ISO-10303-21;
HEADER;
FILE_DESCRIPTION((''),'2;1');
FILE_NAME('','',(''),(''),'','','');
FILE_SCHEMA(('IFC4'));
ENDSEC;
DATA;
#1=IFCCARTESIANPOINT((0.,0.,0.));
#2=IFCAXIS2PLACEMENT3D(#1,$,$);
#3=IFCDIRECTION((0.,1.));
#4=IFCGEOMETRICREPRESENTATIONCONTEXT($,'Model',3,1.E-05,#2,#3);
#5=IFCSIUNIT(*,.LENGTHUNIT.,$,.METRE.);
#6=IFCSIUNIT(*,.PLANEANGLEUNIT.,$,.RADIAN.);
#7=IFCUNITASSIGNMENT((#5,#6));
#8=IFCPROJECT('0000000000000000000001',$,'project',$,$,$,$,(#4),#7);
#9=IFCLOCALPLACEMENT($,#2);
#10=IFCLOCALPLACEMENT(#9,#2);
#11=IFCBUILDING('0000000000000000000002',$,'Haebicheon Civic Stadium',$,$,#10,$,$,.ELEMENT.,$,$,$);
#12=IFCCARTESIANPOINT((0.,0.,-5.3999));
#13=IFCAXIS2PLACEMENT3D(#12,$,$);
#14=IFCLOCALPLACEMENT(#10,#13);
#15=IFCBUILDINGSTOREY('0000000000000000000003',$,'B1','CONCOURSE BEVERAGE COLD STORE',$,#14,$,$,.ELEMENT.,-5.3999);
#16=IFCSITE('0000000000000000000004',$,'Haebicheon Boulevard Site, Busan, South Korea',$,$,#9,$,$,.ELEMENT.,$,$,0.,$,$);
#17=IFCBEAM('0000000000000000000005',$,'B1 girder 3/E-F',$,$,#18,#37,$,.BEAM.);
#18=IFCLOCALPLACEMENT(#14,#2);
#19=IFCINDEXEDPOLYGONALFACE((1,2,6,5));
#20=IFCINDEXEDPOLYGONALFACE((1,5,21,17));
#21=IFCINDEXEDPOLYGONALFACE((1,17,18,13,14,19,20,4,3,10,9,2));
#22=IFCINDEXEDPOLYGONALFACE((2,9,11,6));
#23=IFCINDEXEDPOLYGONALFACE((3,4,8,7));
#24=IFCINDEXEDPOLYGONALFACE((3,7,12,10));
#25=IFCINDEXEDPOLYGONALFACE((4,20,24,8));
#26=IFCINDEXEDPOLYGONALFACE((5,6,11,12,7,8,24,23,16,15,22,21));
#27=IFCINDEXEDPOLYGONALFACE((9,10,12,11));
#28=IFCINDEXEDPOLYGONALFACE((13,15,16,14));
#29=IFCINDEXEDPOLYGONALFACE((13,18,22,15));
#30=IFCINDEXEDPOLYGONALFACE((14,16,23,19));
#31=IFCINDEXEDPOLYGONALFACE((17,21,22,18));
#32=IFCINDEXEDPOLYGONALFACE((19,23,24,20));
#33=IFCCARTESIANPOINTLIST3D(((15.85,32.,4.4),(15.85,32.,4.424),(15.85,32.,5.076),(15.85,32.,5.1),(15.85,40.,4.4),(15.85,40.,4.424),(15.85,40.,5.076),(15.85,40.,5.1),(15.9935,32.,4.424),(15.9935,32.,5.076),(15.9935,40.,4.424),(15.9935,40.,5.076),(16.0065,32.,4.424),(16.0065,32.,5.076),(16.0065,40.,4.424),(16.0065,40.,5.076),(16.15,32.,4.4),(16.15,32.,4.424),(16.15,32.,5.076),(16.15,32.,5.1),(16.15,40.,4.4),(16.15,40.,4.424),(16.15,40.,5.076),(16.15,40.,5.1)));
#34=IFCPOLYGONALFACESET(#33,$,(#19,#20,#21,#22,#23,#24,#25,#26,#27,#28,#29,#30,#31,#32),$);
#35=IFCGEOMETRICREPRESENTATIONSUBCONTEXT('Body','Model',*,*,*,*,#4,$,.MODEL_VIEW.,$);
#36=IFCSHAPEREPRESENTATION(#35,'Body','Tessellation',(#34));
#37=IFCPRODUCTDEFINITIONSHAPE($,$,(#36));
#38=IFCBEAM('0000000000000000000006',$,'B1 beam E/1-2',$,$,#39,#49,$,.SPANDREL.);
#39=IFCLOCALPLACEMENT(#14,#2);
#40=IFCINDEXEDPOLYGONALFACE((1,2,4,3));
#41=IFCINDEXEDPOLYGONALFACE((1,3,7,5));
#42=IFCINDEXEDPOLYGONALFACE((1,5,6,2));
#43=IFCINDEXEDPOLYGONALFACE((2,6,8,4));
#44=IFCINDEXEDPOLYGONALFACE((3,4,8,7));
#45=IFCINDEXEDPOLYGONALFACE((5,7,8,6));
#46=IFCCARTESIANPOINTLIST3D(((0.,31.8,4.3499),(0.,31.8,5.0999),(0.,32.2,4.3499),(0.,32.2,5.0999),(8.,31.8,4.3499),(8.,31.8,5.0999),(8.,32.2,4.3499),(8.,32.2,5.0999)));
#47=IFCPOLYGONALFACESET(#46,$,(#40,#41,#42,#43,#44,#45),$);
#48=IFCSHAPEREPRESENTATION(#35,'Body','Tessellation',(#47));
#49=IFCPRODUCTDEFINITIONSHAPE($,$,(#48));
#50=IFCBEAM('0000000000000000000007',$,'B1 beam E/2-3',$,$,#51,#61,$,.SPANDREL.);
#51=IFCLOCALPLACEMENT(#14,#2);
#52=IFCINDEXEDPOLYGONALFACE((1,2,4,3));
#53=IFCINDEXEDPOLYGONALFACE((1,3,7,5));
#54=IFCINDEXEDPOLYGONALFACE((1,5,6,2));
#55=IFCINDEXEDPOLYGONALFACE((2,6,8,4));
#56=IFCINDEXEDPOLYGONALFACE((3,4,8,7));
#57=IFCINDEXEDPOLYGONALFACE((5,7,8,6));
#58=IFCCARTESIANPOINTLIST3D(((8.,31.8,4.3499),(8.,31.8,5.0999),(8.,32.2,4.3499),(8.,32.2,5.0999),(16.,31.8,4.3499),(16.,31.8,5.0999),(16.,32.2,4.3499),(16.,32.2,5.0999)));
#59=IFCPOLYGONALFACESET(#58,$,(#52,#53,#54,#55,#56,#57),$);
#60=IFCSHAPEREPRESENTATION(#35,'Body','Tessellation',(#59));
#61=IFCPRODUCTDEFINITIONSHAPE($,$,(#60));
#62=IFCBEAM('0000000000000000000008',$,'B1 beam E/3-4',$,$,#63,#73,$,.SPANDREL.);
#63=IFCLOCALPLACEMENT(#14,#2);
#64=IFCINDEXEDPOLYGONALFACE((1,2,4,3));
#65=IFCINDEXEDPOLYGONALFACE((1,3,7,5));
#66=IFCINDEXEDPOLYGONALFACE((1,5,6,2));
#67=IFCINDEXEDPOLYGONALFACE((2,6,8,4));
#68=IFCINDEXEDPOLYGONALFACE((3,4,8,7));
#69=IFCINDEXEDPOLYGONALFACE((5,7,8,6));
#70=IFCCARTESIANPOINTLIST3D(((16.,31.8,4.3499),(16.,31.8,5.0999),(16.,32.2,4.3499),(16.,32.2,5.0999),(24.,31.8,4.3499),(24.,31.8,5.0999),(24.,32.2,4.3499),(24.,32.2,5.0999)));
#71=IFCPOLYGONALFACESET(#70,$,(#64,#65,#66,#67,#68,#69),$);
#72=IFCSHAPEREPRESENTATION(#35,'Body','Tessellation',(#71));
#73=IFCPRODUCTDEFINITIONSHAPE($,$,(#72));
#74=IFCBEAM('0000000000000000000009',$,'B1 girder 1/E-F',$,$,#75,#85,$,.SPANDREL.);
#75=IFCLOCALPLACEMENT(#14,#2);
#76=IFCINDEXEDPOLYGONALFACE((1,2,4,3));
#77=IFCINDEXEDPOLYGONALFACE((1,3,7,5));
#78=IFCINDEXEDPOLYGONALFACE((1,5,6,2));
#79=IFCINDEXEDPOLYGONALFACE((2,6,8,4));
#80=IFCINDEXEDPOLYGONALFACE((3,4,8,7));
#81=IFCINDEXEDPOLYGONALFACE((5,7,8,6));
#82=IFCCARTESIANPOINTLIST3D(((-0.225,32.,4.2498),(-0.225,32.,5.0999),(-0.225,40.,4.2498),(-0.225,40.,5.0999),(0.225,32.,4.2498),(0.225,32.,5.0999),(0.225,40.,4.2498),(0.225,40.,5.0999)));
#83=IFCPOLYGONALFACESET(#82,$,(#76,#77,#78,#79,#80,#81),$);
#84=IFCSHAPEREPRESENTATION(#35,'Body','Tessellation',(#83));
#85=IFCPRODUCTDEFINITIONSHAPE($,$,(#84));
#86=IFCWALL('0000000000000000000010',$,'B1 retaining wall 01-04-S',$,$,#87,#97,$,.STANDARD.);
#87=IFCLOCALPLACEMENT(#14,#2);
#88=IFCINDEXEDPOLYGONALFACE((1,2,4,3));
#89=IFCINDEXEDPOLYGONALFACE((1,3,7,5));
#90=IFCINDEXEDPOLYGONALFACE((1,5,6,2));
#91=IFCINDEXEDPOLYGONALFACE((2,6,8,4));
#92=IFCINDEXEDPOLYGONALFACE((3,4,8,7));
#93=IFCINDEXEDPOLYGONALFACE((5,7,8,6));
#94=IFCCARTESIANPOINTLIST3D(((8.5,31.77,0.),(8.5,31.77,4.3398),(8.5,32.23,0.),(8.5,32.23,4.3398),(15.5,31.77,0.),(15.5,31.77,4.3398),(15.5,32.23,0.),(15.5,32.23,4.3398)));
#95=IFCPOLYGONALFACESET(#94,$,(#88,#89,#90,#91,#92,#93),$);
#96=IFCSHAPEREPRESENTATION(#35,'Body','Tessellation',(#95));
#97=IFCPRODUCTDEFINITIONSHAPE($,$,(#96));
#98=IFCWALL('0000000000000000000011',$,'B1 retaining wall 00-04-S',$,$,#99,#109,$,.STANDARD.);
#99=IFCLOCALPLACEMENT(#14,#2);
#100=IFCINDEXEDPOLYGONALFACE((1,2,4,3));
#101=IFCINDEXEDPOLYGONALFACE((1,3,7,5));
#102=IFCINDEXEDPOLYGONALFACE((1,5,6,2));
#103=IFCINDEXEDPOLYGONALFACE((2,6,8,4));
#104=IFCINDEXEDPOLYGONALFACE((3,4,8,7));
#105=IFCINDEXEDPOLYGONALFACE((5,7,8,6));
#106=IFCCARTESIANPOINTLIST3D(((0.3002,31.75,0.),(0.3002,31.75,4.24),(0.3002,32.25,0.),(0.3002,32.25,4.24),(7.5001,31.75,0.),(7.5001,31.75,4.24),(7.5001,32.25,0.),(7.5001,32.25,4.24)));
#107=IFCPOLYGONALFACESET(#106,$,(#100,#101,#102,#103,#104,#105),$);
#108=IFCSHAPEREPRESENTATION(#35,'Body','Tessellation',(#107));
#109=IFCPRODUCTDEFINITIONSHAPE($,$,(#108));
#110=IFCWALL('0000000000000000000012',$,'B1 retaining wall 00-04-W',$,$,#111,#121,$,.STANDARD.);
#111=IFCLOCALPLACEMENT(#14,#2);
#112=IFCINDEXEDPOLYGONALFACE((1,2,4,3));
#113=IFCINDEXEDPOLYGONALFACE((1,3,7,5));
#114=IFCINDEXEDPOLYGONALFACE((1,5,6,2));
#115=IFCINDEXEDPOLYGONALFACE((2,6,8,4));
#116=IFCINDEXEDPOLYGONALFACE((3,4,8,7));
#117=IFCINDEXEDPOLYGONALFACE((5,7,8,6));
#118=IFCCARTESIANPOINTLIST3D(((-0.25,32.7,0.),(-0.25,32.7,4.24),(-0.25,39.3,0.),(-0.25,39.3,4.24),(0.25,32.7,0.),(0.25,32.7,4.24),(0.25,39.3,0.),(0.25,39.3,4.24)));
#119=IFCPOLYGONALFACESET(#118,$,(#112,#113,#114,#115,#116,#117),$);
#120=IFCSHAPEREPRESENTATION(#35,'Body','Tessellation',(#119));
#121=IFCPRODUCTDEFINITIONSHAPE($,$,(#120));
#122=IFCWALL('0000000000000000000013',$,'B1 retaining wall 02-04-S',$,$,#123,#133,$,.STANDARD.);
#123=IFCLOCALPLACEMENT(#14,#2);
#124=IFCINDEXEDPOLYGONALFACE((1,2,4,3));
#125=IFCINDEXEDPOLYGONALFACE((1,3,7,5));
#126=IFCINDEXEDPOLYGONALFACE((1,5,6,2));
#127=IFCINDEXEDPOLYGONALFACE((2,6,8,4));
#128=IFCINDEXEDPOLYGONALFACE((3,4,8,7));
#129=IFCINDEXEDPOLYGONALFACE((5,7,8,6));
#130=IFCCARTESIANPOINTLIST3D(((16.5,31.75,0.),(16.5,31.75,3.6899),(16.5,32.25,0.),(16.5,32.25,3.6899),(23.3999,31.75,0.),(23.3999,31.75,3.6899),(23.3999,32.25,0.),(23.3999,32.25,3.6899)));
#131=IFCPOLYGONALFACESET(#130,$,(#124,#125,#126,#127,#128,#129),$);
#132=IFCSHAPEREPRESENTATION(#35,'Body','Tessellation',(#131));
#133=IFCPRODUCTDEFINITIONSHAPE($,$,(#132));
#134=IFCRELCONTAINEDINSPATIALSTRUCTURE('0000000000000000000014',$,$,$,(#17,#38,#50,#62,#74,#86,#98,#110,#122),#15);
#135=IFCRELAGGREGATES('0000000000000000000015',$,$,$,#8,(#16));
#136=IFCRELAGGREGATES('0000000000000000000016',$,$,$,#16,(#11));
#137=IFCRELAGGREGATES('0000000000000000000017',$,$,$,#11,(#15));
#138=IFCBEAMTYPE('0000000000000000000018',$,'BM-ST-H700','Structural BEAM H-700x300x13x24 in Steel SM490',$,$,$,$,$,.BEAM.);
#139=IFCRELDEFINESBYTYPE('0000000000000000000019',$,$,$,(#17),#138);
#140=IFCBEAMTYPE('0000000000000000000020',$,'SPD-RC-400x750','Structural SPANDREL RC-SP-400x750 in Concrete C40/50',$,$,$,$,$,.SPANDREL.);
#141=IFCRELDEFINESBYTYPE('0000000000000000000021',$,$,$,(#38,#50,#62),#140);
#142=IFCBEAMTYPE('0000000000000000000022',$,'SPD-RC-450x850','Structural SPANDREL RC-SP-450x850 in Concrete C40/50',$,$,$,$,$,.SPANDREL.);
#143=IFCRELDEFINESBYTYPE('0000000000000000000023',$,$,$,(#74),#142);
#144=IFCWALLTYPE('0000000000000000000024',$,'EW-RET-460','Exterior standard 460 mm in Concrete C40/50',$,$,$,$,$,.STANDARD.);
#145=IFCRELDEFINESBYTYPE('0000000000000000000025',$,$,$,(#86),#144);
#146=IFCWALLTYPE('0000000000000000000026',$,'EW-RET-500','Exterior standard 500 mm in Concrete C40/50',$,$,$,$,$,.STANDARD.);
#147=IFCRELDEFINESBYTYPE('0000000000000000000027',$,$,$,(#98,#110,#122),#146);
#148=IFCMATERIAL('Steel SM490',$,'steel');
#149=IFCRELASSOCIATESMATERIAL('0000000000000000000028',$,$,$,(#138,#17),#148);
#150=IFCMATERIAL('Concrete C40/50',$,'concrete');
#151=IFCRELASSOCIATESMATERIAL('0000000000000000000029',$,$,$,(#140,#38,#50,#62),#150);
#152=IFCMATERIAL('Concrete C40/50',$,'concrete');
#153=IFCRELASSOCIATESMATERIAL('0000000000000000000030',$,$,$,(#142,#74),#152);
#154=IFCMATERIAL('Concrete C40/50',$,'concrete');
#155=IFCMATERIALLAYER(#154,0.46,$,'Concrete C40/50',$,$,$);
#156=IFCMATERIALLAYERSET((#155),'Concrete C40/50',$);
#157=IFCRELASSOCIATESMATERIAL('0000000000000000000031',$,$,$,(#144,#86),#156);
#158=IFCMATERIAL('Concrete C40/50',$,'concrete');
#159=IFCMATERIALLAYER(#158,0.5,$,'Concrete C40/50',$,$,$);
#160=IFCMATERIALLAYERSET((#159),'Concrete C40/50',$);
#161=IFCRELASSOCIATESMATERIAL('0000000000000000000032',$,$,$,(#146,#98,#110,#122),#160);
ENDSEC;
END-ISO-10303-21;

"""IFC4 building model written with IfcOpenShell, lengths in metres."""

from ifc_helpers import new_model, si_unit, direction, frame, frame_2d, origin, origin_2d, place, context, subcontext, project, spatial, rectangle, i_section, extrude, material, layer, layer_set, material_profile, profile_set, type_object, element, save


model = new_model("IFC4")

# Units and contexts
model_context = context("Model", 3, precision=1e-05, world=origin(), true_north=direction((0.0, 1.0)))
body_context = subcontext(model_context, "Body", "Model", "MODEL_VIEW")
ifc_project = project(units=[si_unit("LENGTHUNIT", "METRE"), si_unit("PLANEANGLEUNIT", "RADIAN")], contexts=[model_context])

# Site, building, storey
site_placement = place(None, origin())
site = spatial("IfcSite", under=ifc_project, at=site_placement, Name="Haebicheon Boulevard Site, Busan, South Korea", CompositionType="ELEMENT", RefElevation=0.0)
building_placement = place(site_placement, origin())
building = spatial("IfcBuilding", under=site, at=building_placement, Name="Haebicheon Civic Stadium", CompositionType="ELEMENT")
storey_placement = place(building_placement, frame((0.0, 0.0, -5.3999)))
storey = spatial("IfcBuildingStorey", under=building, at=storey_placement, Name="B1", Description="CONCOURSE BEVERAGE COLD STORE", CompositionType="ELEMENT", Elevation=-5.3999)

# Beams
ifc_material_1 = material(Name="Steel SM490", Category="steel")
ifc_material_profile_1 = material_profile(ifc_material_1, i_section(OverallWidth=0.3, OverallDepth=0.7, WebThickness=0.0129, FlangeThickness=0.0239, at=origin_2d()), Name="H-700x300x13x24")
ifc_profile_set_1 = profile_set([ifc_material_profile_1], Name="Steel SM490")
beam_type_1 = type_object("IfcBeamType", Name="BM-ST-H700", Description="Structural BEAM H-700x300x13x24 in Steel SM490", PredefinedType="BEAM", material=ifc_profile_set_1)
for number, where, z_axis, x_axis, name in (
    (1, (16.0, 32.0, 4.75), (0.0, 1.0, 0.0), (-1.0, 0.0, 0.0), "B1 girder 3/E-F"),
):
    element("IfcBeam", number, at=place(storey_placement, frame(where, z_axis=z_axis, x_axis=x_axis)), inside=storey, type_object=beam_type_1, material=ifc_profile_set_1, Name=name, PredefinedType="BEAM", context=body_context, shape_type="SweptSolid", body=[
        extrude(i_section(OverallWidth=0.3, OverallDepth=0.7, WebThickness=0.0129, FlangeThickness=0.0239, at=origin_2d()), origin(), (0.0, 0.0, 1.0), 8.0),
    ])
ifc_material_2 = material(Name="Concrete C40/50", Category="concrete")
ifc_material_profile_2 = material_profile(ifc_material_2, rectangle(XDim=0.3999, YDim=0.75, at=origin_2d()), Name="RC-SP-400x750")
ifc_profile_set_2 = profile_set([ifc_material_profile_2], Name="Concrete C40/50")
beam_type_2 = type_object("IfcBeamType", Name="SPD-RC-400x750", Description="Structural SPANDREL RC-SP-400x750 in Concrete C40/50", PredefinedType="SPANDREL", material=ifc_profile_set_2)
for number, where, z_axis, x_axis, name in (
    (2, (0.0, 32.0, 4.7249), (1.0, 0.0, 0.0), (0.0, 1.0, 0.0), "B1 beam E/1-2"),
    (3, (8.0, 32.0, 4.7249), (1.0, 0.0, 0.0), (0.0, 1.0, 0.0), "B1 beam E/2-3"),
    (4, (16.0, 32.0, 4.7249), (1.0, 0.0, 0.0), (0.0, 1.0, 0.0), "B1 beam E/3-4"),
):
    element("IfcBeam", number, at=place(storey_placement, frame(where, z_axis=z_axis, x_axis=x_axis)), inside=storey, type_object=beam_type_2, material=ifc_profile_set_2, Name=name, PredefinedType="SPANDREL", context=body_context, shape_type="SweptSolid", body=[
        extrude(rectangle(XDim=0.3999, YDim=0.75, at=origin_2d()), origin(), (0.0, 0.0, 1.0), 8.0),
    ])
ifc_material_3 = material(Name="Concrete C40/50", Category="concrete")
ifc_material_profile_3 = material_profile(ifc_material_3, rectangle(XDim=0.45, YDim=0.8501, at=origin_2d()), Name="RC-SP-450x850")
ifc_profile_set_3 = profile_set([ifc_material_profile_3], Name="Concrete C40/50")
beam_type_3 = type_object("IfcBeamType", Name="SPD-RC-450x850", Description="Structural SPANDREL RC-SP-450x850 in Concrete C40/50", PredefinedType="SPANDREL", material=ifc_profile_set_3)
beam_placement = place(storey_placement, frame((0.0, 32.0, 4.6748), z_axis=(0.0, 1.0, 0.0), x_axis=(-1.0, 0.0, 0.0)))
element("IfcBeam", 5, at=beam_placement, inside=storey, type_object=beam_type_3, material=ifc_profile_set_3, Name="B1 girder 1/E-F", PredefinedType="SPANDREL", context=body_context, shape_type="SweptSolid", body=[
    extrude(rectangle(XDim=0.45, YDim=0.8501, at=origin_2d()), origin(), (0.0, 0.0, 1.0), 8.0),
])

# Walls
ifc_material_4 = material(Name="Concrete C40/50", Category="concrete")
ifc_layer_1 = layer(ifc_material_4, 0.46, Name="Concrete C40/50")
ifc_layer_set_1 = layer_set([ifc_layer_1], Name="Concrete C40/50")
wall_type_1 = type_object("IfcWallType", Name="EW-RET-460", Description="Exterior standard 460 mm in Concrete C40/50", PredefinedType="STANDARD", material=ifc_layer_set_1)
wall_1_placement = place(storey_placement, frame((8.5, 32.0, 0.0), z_axis=(0.0, 0.0, 1.0), x_axis=(1.0, 0.0, 0.0)))
element("IfcWall", 6, at=wall_1_placement, inside=storey, type_object=wall_type_1, material=ifc_layer_set_1, Name="B1 retaining wall 01-04-S", PredefinedType="STANDARD", context=body_context, shape_type="SweptSolid", body=[
    extrude(rectangle(XDim=7.0, YDim=0.46, at=frame_2d((3.5, 0.0))), origin(), (0.0, 0.0, 1.0), 4.3398),
])
ifc_material_5 = material(Name="Concrete C40/50", Category="concrete")
ifc_layer_2 = layer(ifc_material_5, 0.5, Name="Concrete C40/50")
ifc_layer_set_2 = layer_set([ifc_layer_2], Name="Concrete C40/50")
wall_type_2 = type_object("IfcWallType", Name="EW-RET-500", Description="Exterior standard 500 mm in Concrete C40/50", PredefinedType="STANDARD", material=ifc_layer_set_2)
wall_2_placement = place(storey_placement, frame((0.3, 32.0, 0.0), z_axis=(0.0, 0.0, 1.0), x_axis=(1.0, 0.0, 0.0)))
element("IfcWall", 7, at=wall_2_placement, inside=storey, type_object=wall_type_2, material=ifc_layer_set_2, Name="B1 retaining wall 00-04-S", PredefinedType="STANDARD", context=body_context, shape_type="SweptSolid", body=[
    extrude(rectangle(XDim=7.2, YDim=0.5, at=frame_2d((3.6001, 0.0))), origin(), (0.0, 0.0, 1.0), 4.24),
])
wall_3_placement = place(storey_placement, frame((0.0, 32.7, 0.0), z_axis=(0.0, 0.0, 1.0), x_axis=(0.0, 1.0, 0.0)))
element("IfcWall", 8, at=wall_3_placement, inside=storey, type_object=wall_type_2, material=ifc_layer_set_2, Name="B1 retaining wall 00-04-W", PredefinedType="STANDARD", context=body_context, shape_type="SweptSolid", body=[
    extrude(rectangle(XDim=6.6001, YDim=0.5, at=frame_2d((3.3, 0.0))), origin(), (0.0, 0.0, 1.0), 4.24),
])
wall_4_placement = place(storey_placement, frame((16.5, 32.0, 0.0), z_axis=(0.0, 0.0, 1.0), x_axis=(1.0, 0.0, 0.0)))
element("IfcWall", 9, at=wall_4_placement, inside=storey, type_object=wall_type_2, material=ifc_layer_set_2, Name="B1 retaining wall 02-04-S", PredefinedType="STANDARD", context=body_context, shape_type="SweptSolid", body=[
    extrude(rectangle(XDim=6.8999, YDim=0.5, at=frame_2d((3.45, 0.0))), origin(), (0.0, 0.0, 1.0), 3.6899),
])

save(model, "model.ifc")
